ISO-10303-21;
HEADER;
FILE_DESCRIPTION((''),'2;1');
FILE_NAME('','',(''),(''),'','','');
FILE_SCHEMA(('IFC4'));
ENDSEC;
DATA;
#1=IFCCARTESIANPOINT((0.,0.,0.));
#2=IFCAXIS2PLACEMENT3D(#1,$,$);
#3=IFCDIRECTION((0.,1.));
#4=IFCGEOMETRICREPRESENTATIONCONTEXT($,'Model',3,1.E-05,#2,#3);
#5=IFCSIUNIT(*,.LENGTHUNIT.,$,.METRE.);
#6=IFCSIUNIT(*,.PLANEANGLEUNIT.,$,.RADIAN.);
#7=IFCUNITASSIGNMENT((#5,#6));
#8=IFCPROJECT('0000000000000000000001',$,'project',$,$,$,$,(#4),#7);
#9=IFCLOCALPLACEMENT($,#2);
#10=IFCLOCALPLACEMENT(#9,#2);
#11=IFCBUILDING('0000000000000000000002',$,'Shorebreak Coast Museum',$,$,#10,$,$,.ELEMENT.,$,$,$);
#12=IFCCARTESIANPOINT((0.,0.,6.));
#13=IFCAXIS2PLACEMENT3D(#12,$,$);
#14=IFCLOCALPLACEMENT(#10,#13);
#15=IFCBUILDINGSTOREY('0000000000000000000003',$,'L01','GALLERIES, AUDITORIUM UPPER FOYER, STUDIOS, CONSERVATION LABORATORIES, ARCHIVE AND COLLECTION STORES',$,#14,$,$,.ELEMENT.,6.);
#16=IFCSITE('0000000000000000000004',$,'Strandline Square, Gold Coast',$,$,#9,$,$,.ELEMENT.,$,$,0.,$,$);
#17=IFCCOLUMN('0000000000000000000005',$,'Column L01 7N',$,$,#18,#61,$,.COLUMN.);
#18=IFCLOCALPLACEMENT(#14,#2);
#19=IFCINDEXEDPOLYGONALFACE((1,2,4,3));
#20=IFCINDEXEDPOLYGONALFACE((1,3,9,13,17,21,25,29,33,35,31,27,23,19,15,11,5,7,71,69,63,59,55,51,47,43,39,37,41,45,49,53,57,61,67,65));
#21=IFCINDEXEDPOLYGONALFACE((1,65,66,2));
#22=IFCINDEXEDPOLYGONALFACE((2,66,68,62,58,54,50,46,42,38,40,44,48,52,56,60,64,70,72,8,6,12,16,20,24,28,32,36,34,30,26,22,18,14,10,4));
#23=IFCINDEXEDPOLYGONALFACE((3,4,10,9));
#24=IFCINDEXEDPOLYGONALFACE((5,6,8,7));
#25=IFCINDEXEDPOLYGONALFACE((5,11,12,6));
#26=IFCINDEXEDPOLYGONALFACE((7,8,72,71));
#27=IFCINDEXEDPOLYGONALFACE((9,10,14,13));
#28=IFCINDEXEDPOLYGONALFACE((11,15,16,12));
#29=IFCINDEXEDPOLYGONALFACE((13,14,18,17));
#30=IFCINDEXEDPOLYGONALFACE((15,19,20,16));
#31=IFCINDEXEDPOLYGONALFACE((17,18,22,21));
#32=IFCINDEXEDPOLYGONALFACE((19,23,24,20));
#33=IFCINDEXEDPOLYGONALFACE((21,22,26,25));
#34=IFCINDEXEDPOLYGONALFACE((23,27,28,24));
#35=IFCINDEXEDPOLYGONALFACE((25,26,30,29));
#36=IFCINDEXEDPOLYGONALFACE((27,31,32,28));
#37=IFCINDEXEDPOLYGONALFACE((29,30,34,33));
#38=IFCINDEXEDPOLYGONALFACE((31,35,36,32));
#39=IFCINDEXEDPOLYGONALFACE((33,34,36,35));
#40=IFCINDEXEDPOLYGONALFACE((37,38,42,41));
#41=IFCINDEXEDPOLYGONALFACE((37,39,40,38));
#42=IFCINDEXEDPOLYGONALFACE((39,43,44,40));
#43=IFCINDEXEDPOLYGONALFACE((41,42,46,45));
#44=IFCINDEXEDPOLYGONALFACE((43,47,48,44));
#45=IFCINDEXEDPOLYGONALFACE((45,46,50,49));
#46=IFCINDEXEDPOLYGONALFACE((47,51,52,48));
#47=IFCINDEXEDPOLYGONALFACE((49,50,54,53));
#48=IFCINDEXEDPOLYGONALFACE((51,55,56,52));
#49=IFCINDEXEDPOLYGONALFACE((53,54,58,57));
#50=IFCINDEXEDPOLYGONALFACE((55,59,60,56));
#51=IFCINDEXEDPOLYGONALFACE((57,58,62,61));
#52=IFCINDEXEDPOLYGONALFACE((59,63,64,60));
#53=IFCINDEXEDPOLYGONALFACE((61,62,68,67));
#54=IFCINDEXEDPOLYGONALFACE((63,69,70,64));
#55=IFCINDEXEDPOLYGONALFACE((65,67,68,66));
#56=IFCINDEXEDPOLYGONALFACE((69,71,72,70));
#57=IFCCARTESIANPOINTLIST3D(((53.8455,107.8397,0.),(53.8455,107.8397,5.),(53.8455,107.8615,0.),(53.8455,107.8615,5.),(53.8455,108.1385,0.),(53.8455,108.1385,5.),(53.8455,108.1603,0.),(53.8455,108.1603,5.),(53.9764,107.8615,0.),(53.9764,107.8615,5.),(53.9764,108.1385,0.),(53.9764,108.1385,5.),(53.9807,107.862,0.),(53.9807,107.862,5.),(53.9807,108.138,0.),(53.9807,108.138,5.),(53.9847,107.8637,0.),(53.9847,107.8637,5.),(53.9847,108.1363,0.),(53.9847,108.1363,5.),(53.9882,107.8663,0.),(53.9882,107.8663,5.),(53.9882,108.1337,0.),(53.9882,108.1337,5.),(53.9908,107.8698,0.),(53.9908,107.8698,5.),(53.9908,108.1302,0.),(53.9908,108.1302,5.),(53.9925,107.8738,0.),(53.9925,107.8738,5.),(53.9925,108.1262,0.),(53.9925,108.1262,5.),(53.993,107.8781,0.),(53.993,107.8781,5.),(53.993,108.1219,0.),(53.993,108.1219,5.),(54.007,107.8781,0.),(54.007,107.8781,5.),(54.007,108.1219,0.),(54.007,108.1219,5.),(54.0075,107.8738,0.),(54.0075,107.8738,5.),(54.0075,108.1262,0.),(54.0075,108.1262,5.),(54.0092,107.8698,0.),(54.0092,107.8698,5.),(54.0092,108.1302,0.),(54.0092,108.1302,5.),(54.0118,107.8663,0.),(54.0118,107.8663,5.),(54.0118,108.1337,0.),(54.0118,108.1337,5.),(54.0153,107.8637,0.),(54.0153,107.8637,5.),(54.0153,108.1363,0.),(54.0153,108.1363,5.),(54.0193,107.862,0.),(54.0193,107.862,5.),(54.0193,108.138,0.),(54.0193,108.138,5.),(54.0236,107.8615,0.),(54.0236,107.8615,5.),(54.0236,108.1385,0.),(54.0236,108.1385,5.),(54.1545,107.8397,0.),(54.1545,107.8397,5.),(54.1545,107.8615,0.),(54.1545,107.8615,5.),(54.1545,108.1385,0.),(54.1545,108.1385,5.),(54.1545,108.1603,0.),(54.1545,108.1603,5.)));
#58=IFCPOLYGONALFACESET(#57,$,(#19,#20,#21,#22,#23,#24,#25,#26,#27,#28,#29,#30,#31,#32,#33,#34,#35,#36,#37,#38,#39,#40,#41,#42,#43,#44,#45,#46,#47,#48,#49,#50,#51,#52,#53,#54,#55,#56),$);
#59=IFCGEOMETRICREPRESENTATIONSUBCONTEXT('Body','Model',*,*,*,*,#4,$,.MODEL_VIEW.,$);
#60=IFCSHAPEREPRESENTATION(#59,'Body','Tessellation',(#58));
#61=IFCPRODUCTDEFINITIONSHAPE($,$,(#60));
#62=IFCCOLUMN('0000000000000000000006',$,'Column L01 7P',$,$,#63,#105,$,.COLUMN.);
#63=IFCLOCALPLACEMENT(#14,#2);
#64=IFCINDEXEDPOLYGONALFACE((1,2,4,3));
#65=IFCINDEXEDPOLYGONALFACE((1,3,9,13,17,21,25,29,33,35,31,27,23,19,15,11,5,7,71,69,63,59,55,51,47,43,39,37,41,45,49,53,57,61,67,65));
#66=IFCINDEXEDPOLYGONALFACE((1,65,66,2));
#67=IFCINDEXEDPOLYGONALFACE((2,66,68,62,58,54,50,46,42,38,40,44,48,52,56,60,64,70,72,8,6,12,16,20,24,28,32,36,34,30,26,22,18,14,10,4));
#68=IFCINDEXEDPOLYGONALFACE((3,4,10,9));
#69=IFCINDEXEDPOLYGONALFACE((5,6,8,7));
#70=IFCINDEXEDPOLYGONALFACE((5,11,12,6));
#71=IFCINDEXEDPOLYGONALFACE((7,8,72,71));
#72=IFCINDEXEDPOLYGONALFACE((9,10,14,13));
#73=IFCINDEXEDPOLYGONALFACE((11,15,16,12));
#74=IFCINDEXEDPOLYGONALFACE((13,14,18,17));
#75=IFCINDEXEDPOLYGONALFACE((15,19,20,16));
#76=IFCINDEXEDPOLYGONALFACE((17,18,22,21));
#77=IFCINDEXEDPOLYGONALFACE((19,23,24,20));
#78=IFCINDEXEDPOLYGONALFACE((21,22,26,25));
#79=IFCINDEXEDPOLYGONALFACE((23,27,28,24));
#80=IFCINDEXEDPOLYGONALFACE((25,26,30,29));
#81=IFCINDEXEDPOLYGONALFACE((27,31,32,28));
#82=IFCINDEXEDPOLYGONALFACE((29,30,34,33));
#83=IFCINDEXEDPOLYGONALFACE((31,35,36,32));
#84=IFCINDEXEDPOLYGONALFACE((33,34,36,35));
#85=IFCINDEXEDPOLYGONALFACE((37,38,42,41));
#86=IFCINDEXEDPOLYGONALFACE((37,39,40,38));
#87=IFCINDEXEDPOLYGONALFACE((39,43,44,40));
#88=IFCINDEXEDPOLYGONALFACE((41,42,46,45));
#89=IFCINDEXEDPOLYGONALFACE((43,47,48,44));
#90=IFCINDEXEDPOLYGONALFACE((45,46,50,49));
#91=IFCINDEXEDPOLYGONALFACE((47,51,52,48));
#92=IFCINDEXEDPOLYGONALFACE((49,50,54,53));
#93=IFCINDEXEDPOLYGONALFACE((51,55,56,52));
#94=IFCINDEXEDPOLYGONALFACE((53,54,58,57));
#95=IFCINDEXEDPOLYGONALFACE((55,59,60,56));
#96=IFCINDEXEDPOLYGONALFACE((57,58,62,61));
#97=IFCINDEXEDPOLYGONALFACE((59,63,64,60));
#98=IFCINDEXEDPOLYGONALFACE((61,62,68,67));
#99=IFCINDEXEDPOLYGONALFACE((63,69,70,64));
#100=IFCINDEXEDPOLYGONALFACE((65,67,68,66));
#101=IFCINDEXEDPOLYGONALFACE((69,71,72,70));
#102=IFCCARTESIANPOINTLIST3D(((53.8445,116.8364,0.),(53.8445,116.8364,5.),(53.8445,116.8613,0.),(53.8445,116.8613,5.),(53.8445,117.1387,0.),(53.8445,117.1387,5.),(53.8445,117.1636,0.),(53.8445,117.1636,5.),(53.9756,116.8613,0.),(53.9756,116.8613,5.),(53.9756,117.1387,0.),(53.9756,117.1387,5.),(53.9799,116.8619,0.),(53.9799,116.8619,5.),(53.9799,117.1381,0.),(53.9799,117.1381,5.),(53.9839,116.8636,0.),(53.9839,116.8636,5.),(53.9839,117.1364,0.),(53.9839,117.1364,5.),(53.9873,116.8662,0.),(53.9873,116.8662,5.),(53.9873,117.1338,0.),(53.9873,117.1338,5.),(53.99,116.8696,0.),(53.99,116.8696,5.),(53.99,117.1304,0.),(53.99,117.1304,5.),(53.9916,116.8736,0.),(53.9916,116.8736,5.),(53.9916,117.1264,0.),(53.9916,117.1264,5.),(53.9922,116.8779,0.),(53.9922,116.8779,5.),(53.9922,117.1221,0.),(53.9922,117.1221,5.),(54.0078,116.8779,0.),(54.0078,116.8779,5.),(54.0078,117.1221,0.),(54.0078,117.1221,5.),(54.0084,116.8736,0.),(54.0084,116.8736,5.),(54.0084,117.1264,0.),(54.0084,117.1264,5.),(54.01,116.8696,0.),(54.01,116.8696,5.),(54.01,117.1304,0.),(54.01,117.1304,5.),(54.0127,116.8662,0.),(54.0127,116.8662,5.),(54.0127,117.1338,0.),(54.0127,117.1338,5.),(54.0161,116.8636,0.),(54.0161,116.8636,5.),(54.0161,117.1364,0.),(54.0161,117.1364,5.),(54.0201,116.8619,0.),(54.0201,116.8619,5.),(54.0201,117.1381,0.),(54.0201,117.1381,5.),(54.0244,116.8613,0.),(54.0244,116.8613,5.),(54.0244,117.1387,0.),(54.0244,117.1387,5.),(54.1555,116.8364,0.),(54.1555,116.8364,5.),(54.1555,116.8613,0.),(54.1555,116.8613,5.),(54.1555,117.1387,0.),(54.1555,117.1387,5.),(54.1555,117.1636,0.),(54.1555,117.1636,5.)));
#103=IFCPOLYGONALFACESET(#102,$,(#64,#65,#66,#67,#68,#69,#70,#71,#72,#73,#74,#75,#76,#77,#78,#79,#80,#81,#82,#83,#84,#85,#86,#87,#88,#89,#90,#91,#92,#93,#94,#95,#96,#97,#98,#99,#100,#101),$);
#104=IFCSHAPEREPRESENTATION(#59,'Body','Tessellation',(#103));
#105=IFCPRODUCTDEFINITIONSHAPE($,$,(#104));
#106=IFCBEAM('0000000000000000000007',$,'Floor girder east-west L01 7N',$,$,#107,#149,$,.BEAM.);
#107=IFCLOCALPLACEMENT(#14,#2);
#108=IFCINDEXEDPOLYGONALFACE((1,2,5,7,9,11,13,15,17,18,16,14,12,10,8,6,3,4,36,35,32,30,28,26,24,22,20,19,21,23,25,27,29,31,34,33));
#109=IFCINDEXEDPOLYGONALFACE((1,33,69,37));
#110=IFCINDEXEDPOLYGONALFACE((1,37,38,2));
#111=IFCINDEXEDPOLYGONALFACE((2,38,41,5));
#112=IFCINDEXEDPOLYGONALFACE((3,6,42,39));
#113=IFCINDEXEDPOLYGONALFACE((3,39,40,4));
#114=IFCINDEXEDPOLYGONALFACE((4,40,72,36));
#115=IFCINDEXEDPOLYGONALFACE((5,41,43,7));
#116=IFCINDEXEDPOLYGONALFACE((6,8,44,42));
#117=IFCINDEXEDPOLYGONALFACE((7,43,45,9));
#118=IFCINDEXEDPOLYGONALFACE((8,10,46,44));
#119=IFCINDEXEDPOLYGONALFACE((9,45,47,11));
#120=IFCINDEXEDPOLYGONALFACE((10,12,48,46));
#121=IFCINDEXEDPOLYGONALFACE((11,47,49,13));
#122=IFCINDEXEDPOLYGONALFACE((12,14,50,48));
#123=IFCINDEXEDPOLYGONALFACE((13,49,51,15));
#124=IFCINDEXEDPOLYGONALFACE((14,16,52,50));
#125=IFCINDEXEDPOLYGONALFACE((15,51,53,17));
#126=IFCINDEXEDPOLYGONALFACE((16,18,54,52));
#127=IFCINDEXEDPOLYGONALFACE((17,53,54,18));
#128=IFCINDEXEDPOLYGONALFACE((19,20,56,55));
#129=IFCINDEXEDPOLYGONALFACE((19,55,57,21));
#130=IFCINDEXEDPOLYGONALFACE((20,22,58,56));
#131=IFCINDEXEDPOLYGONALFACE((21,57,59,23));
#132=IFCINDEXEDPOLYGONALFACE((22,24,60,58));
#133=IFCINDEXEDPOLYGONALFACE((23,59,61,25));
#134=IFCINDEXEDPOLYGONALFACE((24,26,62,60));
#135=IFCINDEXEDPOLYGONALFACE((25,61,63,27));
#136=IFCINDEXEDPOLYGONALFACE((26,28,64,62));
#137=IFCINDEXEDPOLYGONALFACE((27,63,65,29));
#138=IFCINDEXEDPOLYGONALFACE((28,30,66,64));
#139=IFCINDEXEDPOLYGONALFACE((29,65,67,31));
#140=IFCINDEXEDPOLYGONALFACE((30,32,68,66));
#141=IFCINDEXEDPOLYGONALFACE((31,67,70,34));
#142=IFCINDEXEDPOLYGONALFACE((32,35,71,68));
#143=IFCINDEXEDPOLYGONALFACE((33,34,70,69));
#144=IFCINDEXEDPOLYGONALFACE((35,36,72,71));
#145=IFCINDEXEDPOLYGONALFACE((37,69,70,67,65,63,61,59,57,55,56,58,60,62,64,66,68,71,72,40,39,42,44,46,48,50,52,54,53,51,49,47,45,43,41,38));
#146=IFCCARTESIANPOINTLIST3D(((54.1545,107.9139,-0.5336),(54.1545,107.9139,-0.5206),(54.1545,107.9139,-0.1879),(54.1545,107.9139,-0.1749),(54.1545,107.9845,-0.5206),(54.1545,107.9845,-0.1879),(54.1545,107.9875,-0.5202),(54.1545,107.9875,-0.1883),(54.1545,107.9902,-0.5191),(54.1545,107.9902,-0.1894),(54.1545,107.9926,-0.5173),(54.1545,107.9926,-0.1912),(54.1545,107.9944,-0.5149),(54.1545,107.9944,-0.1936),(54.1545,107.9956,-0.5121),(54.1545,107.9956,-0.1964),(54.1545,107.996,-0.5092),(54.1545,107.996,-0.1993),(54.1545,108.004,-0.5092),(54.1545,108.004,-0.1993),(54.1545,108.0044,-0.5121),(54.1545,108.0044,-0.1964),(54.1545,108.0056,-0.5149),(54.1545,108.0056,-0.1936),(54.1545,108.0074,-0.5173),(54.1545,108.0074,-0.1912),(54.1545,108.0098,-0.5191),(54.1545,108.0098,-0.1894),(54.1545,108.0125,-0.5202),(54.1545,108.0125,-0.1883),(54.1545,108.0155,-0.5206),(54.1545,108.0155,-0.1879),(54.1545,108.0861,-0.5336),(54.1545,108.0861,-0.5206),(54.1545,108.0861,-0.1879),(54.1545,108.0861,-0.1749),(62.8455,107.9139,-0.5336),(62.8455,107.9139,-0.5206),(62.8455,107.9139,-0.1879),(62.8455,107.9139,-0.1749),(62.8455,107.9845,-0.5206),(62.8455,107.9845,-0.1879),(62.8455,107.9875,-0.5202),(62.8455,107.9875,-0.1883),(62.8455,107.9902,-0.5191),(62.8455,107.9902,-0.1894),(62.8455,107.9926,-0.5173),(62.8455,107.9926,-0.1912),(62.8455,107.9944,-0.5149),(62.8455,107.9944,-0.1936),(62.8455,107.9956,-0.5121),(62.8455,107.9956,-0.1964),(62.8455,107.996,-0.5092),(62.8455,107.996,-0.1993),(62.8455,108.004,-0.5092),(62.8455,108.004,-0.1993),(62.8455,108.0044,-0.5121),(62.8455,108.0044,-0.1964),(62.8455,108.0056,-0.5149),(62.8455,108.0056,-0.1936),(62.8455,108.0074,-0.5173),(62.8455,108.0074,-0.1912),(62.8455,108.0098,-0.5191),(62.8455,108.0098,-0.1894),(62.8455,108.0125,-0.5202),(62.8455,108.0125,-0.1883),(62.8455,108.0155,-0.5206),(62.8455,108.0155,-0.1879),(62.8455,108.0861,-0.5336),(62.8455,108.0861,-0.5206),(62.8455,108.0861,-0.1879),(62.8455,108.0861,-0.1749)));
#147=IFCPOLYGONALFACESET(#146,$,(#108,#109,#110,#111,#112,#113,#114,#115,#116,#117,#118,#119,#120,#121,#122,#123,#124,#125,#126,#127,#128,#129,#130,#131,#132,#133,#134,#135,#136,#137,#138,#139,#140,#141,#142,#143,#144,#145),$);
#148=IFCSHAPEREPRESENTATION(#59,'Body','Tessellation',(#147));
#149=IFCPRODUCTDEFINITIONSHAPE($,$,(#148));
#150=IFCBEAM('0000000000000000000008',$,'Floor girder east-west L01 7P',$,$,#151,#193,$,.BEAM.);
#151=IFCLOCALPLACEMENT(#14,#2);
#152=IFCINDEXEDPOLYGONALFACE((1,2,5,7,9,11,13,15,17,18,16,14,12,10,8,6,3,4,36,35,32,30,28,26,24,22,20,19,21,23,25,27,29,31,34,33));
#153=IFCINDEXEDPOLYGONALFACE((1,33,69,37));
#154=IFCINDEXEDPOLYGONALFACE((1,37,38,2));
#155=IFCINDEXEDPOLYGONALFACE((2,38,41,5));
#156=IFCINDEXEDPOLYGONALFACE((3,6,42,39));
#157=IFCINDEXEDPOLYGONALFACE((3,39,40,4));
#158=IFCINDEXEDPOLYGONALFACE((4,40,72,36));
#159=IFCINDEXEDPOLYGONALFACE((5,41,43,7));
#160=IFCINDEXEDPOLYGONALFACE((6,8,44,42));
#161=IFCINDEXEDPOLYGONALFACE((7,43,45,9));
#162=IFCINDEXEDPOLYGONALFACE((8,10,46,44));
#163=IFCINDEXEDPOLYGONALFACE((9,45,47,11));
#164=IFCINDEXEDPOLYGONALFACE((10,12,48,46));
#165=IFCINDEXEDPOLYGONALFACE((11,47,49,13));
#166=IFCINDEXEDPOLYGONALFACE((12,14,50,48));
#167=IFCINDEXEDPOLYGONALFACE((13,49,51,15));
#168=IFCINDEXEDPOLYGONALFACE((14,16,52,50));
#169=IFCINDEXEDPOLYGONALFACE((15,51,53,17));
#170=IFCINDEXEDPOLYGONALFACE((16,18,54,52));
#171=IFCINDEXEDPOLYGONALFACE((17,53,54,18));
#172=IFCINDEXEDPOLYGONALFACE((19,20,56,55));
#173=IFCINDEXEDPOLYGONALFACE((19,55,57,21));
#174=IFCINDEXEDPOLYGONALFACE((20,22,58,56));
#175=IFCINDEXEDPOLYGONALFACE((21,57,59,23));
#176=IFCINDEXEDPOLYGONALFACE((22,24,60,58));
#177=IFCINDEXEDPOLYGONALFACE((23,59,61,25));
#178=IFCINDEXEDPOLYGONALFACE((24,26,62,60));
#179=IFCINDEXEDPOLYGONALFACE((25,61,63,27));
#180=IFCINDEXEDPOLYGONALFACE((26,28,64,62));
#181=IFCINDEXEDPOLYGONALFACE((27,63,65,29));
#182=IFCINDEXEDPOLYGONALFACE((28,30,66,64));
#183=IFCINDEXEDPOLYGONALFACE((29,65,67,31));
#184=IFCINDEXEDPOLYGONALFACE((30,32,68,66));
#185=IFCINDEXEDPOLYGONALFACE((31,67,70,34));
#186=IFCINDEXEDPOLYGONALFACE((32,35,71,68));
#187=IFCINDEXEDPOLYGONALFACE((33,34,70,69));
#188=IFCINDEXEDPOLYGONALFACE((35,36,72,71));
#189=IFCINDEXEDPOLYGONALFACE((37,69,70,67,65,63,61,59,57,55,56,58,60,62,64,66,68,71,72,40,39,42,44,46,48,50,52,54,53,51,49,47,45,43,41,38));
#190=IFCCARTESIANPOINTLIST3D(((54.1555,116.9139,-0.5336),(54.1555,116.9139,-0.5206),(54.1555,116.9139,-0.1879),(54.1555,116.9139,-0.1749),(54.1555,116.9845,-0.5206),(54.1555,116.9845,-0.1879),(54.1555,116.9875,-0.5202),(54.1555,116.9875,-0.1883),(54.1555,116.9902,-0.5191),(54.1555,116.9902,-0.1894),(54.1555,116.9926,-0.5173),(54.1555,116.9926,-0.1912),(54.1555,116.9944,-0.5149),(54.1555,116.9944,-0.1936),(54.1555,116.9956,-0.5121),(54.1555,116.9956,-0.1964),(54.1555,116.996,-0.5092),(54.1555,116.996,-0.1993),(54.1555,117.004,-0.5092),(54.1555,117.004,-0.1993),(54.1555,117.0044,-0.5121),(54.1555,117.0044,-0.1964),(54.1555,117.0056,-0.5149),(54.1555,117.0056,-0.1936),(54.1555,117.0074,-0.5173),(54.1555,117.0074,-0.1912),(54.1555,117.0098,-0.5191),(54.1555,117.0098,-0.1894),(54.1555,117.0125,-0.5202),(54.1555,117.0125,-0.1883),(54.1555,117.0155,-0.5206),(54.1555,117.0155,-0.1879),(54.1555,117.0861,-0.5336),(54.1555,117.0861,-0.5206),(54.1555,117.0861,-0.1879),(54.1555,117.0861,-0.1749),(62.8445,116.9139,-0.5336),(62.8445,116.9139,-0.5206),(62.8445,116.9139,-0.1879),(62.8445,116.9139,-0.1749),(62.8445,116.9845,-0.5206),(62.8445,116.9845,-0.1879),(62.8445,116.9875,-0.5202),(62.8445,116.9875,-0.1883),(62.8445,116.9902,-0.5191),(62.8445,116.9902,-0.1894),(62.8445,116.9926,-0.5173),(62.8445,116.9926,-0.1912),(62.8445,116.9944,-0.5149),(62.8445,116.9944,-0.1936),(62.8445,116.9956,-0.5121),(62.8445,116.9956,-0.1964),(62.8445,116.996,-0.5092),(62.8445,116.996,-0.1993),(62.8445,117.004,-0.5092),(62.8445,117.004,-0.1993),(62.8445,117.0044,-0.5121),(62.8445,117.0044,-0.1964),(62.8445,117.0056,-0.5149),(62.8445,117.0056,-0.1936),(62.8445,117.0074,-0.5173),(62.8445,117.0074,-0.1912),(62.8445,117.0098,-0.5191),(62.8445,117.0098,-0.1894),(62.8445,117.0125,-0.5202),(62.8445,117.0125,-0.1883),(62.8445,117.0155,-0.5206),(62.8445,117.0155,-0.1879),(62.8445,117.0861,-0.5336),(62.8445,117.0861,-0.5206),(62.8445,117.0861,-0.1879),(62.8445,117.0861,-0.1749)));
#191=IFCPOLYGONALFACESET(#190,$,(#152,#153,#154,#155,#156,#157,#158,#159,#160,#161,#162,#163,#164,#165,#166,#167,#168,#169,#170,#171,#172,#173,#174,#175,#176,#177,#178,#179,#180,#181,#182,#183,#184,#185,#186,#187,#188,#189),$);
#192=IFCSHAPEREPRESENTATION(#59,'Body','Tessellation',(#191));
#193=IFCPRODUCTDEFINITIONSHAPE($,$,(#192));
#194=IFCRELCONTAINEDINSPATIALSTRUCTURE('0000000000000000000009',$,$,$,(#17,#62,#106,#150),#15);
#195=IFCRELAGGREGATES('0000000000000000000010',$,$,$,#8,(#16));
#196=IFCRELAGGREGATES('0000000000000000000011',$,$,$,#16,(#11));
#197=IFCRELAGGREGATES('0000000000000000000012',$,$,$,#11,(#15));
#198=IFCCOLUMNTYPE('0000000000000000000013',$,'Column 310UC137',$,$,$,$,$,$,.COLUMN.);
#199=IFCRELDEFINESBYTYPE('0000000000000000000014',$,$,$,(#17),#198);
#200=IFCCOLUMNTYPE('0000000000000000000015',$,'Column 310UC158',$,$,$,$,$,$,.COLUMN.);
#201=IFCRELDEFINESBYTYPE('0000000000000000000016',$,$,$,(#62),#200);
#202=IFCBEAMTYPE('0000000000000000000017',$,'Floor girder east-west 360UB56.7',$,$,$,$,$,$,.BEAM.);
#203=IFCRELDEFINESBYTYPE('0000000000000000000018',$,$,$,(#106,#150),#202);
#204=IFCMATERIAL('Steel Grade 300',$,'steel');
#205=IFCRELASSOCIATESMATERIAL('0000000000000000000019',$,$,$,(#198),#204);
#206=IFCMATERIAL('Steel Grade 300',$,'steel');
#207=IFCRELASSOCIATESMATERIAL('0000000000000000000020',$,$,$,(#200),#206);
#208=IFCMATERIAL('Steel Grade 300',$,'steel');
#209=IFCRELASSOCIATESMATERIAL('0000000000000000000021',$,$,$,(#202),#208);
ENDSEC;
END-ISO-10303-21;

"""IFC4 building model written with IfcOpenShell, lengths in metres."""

from ifc_helpers import new_model, si_unit, direction, frame, origin, origin_2d, place, context, subcontext, project, spatial, i_section, extrude, material, material_profile, profile_set, type_object, element, save


model = new_model("IFC4")

# Units and contexts
model_context = context("Model", 3, precision=1e-05, world=origin(), true_north=direction((0.0, 1.0)))
body_context = subcontext(model_context, "Body", "Model", "MODEL_VIEW")
ifc_project = project(units=[si_unit("LENGTHUNIT", "METRE"), si_unit("PLANEANGLEUNIT", "RADIAN")], contexts=[model_context])

# Site, building, storey
site_placement = place(None, origin())
site = spatial("IfcSite", under=ifc_project, at=site_placement, Name="Strandline Square, Gold Coast", CompositionType="ELEMENT", RefElevation=0.0)
building_placement = place(site_placement, origin())
building = spatial("IfcBuilding", under=site, at=building_placement, Name="Shorebreak Coast Museum", CompositionType="ELEMENT")
storey_placement = place(building_placement, frame((0.0, 0.0, 6.0)))
storey = spatial("IfcBuildingStorey", under=building, at=storey_placement, Name="L01", Description="GALLERIES, AUDITORIUM UPPER FOYER, STUDIOS, CONSERVATION LABORATORIES, ARCHIVE AND COLLECTION STORES", CompositionType="ELEMENT", Elevation=6.0)

# Columns
ifc_material_1 = material(Name="Steel Grade 300", Category="steel")
ifc_material_profile_1 = material_profile(ifc_material_1, i_section(OverallWidth=0.3091, OverallDepth=0.3206, WebThickness=0.0139, FlangeThickness=0.0217, FilletRadius=0.0166, at=origin_2d()), Name="310UC137")
ifc_profile_set_1 = profile_set([ifc_material_profile_1], Name="Steel Grade 300")
column_type_1 = type_object("IfcColumnType", Name="Column 310UC137", PredefinedType="COLUMN", material=ifc_profile_set_1)
column_1_placement = place(storey_placement, frame((54.0, 108.0, 0.0), z_axis=(0.0, 0.0, 1.0), x_axis=(1.0, 0.0, 0.0)))
element("IfcColumn", 1, at=column_1_placement, inside=storey, type_object=column_type_1, Name="Column L01 7N", PredefinedType="COLUMN", context=body_context, shape_type="SweptSolid", body=[
    extrude(i_section(OverallWidth=0.3091, OverallDepth=0.3206, WebThickness=0.0139, FlangeThickness=0.0217, FilletRadius=0.0166, at=origin_2d()), origin(), (0.0, 0.0, 1.0), 5.0),
])
ifc_material_2 = material(Name="Steel Grade 300", Category="steel")
ifc_material_profile_2 = material_profile(ifc_material_2, i_section(OverallWidth=0.311, OverallDepth=0.3271, WebThickness=0.0156, FlangeThickness=0.0249, FilletRadius=0.0166, at=origin_2d()), Name="310UC158")
ifc_profile_set_2 = profile_set([ifc_material_profile_2], Name="Steel Grade 300")
column_type_2 = type_object("IfcColumnType", Name="Column 310UC158", PredefinedType="COLUMN", material=ifc_profile_set_2)
column_2_placement = place(storey_placement, frame((54.0, 117.0, 0.0), z_axis=(0.0, 0.0, 1.0), x_axis=(1.0, 0.0, 0.0)))
element("IfcColumn", 2, at=column_2_placement, inside=storey, type_object=column_type_2, Name="Column L01 7P", PredefinedType="COLUMN", context=body_context, shape_type="SweptSolid", body=[
    extrude(i_section(OverallWidth=0.311, OverallDepth=0.3271, WebThickness=0.0156, FlangeThickness=0.0249, FilletRadius=0.0166, at=origin_2d()), origin(), (0.0, 0.0, 1.0), 5.0),
])

# Beams
ifc_material_3 = material(Name="Steel Grade 300", Category="steel")
ifc_material_profile_3 = material_profile(ifc_material_3, i_section(OverallWidth=0.1721, OverallDepth=0.3586, WebThickness=0.0081, FlangeThickness=0.0129, FilletRadius=0.0115, at=origin_2d()), Name="360UB56.7")
ifc_profile_set_3 = profile_set([ifc_material_profile_3], Name="Steel Grade 300")
beam_type_1 = type_object("IfcBeamType", Name="Floor girder east-west 360UB56.7", PredefinedType="BEAM", material=ifc_profile_set_3)
beam_1_placement = place(storey_placement, frame((54.1545, 108.0, -0.3542), z_axis=(1.0, 0.0, 0.0), x_axis=(0.0, 1.0, 0.0)))
element("IfcBeam", 3, at=beam_1_placement, inside=storey, type_object=beam_type_1, Name="Floor girder east-west L01 7N", PredefinedType="BEAM", context=body_context, shape_type="SweptSolid", body=[
    extrude(i_section(OverallWidth=0.1721, OverallDepth=0.3586, WebThickness=0.0081, FlangeThickness=0.0129, FilletRadius=0.0115, at=origin_2d()), origin(), (0.0, 0.0, 1.0), 8.6909),
])
beam_2_placement = place(storey_placement, frame((54.1555, 117.0, -0.3542), z_axis=(1.0, 0.0, 0.0), x_axis=(0.0, 1.0, 0.0)))
element("IfcBeam", 4, at=beam_2_placement, inside=storey, type_object=beam_type_1, Name="Floor girder east-west L01 7P", PredefinedType="BEAM", context=body_context, shape_type="SweptSolid", body=[
    extrude(i_section(OverallWidth=0.1721, OverallDepth=0.3586, WebThickness=0.0081, FlangeThickness=0.0129, FilletRadius=0.0115, at=origin_2d()), origin(), (0.0, 0.0, 1.0), 8.689),
])

save(model, "model.ifc")
